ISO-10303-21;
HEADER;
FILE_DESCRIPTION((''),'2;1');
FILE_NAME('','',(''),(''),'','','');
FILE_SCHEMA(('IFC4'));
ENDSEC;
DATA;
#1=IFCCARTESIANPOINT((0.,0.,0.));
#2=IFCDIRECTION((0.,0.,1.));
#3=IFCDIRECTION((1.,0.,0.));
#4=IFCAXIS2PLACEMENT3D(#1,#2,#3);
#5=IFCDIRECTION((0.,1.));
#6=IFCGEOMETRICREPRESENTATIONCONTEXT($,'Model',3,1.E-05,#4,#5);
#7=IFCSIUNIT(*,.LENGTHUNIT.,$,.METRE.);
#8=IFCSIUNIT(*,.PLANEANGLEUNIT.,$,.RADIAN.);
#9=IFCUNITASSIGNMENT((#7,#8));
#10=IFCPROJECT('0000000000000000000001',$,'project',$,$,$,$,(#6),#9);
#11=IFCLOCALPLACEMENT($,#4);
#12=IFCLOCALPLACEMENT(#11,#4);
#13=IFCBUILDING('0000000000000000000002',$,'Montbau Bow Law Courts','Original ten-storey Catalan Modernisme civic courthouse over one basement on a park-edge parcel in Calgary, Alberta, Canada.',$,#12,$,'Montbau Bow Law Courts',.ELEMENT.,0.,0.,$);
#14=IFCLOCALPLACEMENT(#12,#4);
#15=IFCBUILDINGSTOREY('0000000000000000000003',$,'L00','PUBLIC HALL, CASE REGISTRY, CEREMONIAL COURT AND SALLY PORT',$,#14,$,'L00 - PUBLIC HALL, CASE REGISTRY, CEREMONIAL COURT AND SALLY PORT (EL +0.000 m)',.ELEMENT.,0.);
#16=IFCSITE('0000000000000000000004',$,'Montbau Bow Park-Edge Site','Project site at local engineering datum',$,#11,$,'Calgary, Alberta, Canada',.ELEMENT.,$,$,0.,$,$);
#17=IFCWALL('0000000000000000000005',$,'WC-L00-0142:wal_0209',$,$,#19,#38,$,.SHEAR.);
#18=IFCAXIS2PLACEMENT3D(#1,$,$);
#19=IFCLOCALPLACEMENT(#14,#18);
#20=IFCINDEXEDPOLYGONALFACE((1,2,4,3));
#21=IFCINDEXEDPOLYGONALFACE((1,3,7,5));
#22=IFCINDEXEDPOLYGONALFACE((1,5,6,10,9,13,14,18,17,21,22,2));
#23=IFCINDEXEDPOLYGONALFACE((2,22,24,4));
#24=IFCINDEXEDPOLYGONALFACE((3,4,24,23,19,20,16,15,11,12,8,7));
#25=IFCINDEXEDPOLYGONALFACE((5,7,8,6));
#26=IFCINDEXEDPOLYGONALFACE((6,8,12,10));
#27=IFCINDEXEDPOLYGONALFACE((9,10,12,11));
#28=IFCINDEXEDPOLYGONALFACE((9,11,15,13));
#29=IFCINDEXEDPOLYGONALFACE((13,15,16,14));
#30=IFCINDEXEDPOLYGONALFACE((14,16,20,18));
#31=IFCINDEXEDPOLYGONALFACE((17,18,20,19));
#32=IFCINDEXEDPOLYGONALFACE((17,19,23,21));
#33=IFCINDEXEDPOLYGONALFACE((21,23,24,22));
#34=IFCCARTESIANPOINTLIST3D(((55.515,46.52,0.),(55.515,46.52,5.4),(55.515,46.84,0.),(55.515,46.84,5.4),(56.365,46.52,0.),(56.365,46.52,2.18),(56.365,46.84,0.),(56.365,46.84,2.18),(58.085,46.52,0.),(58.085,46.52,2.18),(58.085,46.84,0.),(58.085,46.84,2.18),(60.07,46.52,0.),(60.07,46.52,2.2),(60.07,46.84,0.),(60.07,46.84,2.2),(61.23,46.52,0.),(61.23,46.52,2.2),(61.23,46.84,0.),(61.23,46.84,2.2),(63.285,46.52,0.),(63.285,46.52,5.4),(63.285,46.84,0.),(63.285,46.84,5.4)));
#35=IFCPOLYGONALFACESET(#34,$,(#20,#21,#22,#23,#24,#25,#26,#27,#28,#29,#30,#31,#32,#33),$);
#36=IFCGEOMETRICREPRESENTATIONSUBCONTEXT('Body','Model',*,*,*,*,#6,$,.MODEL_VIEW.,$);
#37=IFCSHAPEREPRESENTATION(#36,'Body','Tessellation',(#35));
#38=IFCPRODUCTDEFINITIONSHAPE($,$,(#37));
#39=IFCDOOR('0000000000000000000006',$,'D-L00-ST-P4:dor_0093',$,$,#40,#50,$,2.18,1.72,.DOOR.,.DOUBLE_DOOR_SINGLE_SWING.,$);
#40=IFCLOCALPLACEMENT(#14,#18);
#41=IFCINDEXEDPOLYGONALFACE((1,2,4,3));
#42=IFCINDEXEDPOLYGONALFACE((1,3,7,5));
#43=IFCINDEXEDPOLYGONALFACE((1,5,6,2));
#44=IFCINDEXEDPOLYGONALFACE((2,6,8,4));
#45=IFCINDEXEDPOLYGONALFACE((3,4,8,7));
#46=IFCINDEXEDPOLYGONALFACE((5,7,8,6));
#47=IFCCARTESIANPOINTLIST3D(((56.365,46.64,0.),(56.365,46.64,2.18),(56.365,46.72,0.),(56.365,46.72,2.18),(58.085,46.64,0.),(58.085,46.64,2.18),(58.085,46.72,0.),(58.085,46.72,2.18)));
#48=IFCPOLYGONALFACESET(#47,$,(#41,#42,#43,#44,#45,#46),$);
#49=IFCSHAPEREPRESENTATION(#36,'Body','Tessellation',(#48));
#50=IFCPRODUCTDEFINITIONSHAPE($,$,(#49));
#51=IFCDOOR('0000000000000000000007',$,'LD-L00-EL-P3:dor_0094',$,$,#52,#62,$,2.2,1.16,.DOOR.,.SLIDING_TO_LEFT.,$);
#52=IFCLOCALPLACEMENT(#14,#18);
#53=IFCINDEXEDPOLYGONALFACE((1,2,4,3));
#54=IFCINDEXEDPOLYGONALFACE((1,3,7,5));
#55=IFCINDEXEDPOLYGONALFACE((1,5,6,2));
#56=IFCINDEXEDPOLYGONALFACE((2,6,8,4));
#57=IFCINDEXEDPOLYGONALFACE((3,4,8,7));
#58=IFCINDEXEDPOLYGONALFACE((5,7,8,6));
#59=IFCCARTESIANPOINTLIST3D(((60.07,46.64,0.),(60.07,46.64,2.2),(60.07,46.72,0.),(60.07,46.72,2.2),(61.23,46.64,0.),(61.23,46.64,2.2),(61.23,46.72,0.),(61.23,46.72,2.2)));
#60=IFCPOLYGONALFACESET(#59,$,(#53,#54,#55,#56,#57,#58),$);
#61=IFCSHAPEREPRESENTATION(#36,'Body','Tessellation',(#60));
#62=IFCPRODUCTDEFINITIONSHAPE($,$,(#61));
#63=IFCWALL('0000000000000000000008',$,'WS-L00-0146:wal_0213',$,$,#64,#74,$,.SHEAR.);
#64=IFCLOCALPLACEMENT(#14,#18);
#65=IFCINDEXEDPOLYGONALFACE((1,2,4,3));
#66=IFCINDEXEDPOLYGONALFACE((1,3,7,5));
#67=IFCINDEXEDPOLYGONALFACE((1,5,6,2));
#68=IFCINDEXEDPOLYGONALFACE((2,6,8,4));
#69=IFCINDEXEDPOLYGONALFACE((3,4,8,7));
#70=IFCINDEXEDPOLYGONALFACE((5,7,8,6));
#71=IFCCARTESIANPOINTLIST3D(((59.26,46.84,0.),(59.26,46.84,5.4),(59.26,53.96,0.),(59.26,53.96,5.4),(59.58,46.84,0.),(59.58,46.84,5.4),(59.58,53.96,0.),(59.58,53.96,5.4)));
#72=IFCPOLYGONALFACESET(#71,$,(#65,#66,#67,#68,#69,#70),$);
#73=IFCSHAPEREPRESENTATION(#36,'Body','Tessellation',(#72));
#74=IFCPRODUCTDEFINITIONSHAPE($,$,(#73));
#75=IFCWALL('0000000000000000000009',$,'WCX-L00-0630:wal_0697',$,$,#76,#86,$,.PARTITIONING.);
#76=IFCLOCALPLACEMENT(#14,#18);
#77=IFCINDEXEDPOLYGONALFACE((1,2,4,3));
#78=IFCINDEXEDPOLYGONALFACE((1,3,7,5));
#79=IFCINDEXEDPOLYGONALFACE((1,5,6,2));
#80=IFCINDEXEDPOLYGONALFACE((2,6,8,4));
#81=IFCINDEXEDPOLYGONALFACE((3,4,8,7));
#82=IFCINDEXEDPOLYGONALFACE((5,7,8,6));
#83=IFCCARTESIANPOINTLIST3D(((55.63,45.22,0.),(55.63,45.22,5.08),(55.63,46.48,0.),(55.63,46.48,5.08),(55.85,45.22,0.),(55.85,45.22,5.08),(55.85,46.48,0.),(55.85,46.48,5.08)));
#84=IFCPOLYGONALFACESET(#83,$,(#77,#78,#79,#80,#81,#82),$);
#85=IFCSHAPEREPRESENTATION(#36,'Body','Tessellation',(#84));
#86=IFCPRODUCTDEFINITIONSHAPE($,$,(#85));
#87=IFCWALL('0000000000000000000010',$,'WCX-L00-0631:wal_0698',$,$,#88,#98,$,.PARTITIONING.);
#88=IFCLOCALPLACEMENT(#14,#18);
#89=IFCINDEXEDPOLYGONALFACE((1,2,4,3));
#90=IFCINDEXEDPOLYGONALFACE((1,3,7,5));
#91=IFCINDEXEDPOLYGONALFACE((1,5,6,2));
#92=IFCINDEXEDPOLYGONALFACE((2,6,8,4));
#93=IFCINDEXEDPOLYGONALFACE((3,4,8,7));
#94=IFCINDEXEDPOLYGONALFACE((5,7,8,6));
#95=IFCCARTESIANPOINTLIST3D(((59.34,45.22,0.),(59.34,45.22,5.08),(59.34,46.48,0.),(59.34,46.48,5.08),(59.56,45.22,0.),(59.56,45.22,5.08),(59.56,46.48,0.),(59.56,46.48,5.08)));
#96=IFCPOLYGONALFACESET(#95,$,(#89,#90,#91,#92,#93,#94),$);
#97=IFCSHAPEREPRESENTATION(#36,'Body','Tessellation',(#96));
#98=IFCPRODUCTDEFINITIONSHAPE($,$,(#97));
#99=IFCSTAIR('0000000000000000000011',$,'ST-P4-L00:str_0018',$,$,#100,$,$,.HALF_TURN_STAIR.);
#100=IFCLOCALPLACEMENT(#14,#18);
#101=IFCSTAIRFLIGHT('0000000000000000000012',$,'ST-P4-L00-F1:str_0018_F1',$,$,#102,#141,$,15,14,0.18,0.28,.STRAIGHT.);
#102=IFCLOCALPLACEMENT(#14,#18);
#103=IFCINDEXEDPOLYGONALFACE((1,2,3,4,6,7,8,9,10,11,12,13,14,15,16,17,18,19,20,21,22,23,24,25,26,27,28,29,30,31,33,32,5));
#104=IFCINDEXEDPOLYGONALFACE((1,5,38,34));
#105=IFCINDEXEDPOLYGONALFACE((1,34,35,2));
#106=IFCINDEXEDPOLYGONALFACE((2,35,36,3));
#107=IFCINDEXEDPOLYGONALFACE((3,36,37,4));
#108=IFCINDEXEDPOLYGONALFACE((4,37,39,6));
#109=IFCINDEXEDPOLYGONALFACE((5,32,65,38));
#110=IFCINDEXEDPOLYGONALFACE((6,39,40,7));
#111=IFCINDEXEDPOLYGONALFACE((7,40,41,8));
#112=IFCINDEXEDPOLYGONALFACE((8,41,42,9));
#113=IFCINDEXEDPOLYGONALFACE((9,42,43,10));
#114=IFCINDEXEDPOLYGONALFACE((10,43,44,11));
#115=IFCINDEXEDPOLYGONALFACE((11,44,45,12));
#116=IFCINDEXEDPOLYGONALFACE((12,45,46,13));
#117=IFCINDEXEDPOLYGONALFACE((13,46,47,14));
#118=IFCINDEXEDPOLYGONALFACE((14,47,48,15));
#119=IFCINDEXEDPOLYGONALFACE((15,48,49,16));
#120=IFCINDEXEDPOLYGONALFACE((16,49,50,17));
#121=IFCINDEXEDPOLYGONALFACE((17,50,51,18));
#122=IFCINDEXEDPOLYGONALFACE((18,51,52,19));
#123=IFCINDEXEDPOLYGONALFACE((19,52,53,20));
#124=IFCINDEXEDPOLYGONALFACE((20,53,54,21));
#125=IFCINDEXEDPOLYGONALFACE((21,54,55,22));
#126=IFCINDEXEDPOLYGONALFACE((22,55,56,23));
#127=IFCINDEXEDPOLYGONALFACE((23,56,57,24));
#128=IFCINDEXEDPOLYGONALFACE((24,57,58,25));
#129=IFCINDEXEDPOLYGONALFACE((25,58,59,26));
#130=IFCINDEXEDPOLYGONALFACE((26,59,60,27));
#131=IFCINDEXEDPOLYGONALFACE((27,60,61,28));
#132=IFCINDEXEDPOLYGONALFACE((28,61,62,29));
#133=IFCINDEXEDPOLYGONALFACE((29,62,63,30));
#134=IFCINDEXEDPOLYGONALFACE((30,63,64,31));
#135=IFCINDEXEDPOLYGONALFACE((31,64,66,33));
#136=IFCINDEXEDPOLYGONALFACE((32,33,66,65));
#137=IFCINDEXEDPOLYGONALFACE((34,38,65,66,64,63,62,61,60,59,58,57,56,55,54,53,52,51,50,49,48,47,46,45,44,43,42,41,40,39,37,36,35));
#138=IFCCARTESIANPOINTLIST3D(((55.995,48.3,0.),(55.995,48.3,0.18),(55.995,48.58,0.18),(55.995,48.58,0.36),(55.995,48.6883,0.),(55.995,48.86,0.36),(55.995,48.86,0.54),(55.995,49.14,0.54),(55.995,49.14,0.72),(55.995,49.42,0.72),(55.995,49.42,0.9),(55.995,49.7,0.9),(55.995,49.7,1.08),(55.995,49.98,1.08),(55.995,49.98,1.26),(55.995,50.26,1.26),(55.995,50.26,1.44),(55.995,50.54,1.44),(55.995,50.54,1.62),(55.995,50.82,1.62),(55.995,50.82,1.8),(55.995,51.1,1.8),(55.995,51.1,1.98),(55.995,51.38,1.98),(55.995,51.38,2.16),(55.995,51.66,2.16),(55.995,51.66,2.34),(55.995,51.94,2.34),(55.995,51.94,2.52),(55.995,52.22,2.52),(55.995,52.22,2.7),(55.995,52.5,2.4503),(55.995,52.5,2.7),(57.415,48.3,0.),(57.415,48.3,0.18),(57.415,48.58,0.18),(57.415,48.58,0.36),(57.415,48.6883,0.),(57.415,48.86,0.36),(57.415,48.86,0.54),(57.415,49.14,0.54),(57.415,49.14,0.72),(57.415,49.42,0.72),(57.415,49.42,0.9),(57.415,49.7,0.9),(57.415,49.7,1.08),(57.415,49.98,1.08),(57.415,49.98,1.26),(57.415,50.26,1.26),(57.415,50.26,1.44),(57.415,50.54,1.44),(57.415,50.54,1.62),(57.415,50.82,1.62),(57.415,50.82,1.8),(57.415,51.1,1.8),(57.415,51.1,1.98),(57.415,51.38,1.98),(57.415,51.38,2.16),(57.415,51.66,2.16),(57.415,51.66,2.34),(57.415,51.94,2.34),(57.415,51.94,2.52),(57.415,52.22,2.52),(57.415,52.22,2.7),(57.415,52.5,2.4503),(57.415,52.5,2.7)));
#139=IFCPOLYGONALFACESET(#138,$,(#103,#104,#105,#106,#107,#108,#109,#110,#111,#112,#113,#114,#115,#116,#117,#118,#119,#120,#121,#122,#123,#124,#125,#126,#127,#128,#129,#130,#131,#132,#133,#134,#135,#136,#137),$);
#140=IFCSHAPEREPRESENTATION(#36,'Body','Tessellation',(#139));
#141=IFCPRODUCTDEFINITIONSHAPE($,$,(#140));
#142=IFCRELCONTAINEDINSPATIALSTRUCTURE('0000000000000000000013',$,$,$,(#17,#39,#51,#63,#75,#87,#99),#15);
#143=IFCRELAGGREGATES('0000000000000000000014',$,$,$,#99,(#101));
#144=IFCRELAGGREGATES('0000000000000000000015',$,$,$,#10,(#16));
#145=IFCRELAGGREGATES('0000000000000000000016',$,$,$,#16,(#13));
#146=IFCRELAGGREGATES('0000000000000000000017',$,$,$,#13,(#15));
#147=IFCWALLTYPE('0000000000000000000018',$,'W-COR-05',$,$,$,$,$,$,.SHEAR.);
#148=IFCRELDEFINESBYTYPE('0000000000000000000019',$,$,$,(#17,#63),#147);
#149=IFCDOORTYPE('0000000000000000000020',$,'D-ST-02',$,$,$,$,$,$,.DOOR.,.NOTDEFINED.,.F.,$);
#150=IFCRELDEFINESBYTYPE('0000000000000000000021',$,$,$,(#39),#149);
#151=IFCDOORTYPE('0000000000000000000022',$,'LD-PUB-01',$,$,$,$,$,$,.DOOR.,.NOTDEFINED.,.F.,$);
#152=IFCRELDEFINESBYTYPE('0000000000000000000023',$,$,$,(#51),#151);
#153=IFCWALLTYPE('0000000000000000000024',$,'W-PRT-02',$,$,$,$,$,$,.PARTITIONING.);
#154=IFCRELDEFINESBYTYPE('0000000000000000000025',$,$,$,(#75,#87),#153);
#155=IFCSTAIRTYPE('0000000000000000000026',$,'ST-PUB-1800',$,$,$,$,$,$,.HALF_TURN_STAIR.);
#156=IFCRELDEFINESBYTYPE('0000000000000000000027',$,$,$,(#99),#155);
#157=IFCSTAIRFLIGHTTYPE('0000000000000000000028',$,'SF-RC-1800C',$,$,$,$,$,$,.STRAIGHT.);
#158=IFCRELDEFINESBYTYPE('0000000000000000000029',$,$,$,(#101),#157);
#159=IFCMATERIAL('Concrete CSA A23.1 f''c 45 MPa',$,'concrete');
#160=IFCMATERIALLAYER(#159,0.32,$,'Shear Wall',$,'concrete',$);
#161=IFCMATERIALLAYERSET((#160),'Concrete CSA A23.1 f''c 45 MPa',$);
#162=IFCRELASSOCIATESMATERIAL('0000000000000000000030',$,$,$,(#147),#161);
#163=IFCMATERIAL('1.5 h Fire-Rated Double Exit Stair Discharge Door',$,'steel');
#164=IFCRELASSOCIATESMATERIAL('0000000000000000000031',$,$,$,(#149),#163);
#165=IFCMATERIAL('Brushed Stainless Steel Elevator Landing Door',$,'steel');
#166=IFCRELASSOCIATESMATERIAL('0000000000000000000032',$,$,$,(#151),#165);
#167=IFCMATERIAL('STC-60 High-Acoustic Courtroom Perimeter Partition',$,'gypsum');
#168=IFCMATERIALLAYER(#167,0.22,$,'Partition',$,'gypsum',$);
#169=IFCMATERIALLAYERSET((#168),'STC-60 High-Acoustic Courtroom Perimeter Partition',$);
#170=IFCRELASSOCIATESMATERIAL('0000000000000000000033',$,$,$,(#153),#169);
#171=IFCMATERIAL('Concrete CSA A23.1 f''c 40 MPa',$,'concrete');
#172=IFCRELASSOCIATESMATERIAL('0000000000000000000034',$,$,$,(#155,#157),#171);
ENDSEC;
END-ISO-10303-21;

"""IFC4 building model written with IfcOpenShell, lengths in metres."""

from ifc_helpers import new_model, si_unit, direction, frame, frame_2d, origin_with_axes, place, context, subcontext, project, spatial, polyline, rectangle, outline, extrude, material, layer, layer_set, type_object, element, fill, aggregate, save


model = new_model("IFC4")

# Units and contexts
model_context = context("Model", 3, precision=1e-05, world=origin_with_axes(), true_north=direction((0.0, 1.0)))
body_context = subcontext(model_context, "Body", "Model", "MODEL_VIEW")
ifc_project = project(units=[si_unit("LENGTHUNIT", "METRE"), si_unit("PLANEANGLEUNIT", "RADIAN")], contexts=[model_context])

# Site, building, storey
site_placement = place(None, origin_with_axes())
site = spatial("IfcSite", under=ifc_project, at=site_placement, Name="Montbau Bow Park-Edge Site", Description="Project site at local engineering datum", LongName="Calgary, Alberta, Canada", CompositionType="ELEMENT", RefElevation=0.0)
building_placement = place(site_placement, origin_with_axes())
building = spatial("IfcBuilding", under=site, at=building_placement, Name="Montbau Bow Law Courts", Description="Original ten-storey Catalan Modernisme civic courthouse over one basement on a park-edge parcel in Calgary, Alberta, Canada.", LongName="Montbau Bow Law Courts", CompositionType="ELEMENT", ElevationOfRefHeight=0.0, ElevationOfTerrain=0.0)
storey_placement = place(building_placement, origin_with_axes())
storey = spatial("IfcBuildingStorey", under=building, at=storey_placement, Name="L00", Description="PUBLIC HALL, CASE REGISTRY, CEREMONIAL COURT AND SALLY PORT", LongName="L00 - PUBLIC HALL, CASE REGISTRY, CEREMONIAL COURT AND SALLY PORT (EL +0.000 m)", CompositionType="ELEMENT", Elevation=0.0)

# Shared definitions
ifc_material_1 = material(Name="Concrete CSA A23.1 f'c 45 MPa", Category="concrete")

# Wall, openings, doors
ifc_layer_1 = layer(ifc_material_1, 0.32, Name="Shear Wall", Category="concrete")
ifc_layer_set_1 = layer_set([ifc_layer_1], Name="Concrete CSA A23.1 f'c 45 MPa")
wall_type_1 = type_object("IfcWallType", Name="W-COR-05", PredefinedType="SHEAR", material=ifc_layer_set_1)
wall_1_placement = place(None, frame((55.515, 46.68, 0.0), z_axis=(0.0, 0.0, 1.0), x_axis=(1.0, 0.0, 0.0)))
wall_1 = element("IfcWall", 1, at=wall_1_placement, inside=storey, type_object=wall_type_1, Name="WC-L00-0142:wal_0209", PredefinedType="SHEAR", context=body_context, shape_type="SweptSolid", body=[
    extrude(rectangle(XDim=7.77, YDim=0.32, at=frame_2d((3.885, 0.0), x_axis=(1.0, 0.0))), origin_with_axes(), (0.0, 0.0, 1.0), 5.4),
])
opening_1_placement = place(None, frame((57.225, 46.68, 0.0), z_axis=(0.0, 0.0, 1.0), x_axis=(1.0, 0.0, 0.0)))
opening_1 = element("IfcOpeningElement", 2, at=opening_1_placement, cuts=wall_1, PredefinedType="OPENING", context=body_context, shape_type="SweptSolid", body=[
    extrude(rectangle(XDim=1.72, YDim=2.18, at=frame_2d((0.0, 1.09), x_axis=(1.0, 0.0))), frame((0.0, 0.17, 0.0), z_axis=(0.0, -1.0, 0.0), x_axis=(1.0, 0.0, 0.0)), (0.0, 0.0, 1.0), 0.34),
])
opening_2_placement = place(None, frame((60.65, 46.68, 0.0), z_axis=(0.0, 0.0, 1.0), x_axis=(1.0, 0.0, 0.0)))
opening_2 = element("IfcOpeningElement", 3, at=opening_2_placement, cuts=wall_1, PredefinedType="OPENING", context=body_context, shape_type="SweptSolid", body=[
    extrude(rectangle(XDim=1.16, YDim=2.2, at=frame_2d((0.0, 1.1), x_axis=(1.0, 0.0))), frame((0.0, 0.17, 0.0), z_axis=(0.0, -1.0, 0.0), x_axis=(1.0, 0.0, 0.0)), (0.0, 0.0, 1.0), 0.34),
])
ifc_material_2 = material(Name="1.5 h Fire-Rated Double Exit Stair Discharge Door", Category="steel")
door_type_1 = type_object("IfcDoorType", Name="D-ST-02", OperationType="NOTDEFINED", ParameterTakesPrecedence=False, PredefinedType="DOOR", material=ifc_material_2)
door_1_placement = place(None, frame((57.225, 46.68, 0.0), z_axis=(0.0, 0.0, 1.0), x_axis=(-1.0, 0.0, 0.0)))
door_1 = element("IfcDoor", 4, at=door_1_placement, inside=storey, type_object=door_type_1, Name="D-L00-ST-P4:dor_0093", OperationType="DOUBLE_DOOR_SINGLE_SWING", OverallHeight=2.18, OverallWidth=1.72, PredefinedType="DOOR", context=body_context, shape_type="SweptSolid", body=[
    extrude(rectangle(XDim=1.72, YDim=2.18, at=frame_2d((0.0, 1.09), x_axis=(1.0, 0.0))), frame((0.0, 0.04, 0.0), z_axis=(0.0, -1.0, 0.0), x_axis=(1.0, 0.0, 0.0)), (0.0, 0.0, 1.0), 0.08),
])
fill(opening_1, door_1)
ifc_material_3 = material(Name="Brushed Stainless Steel Elevator Landing Door", Category="steel")
door_type_2 = type_object("IfcDoorType", Name="LD-PUB-01", OperationType="NOTDEFINED", ParameterTakesPrecedence=False, PredefinedType="DOOR", material=ifc_material_3)
door_2_placement = place(None, frame((60.65, 46.68, 0.0), z_axis=(0.0, 0.0, 1.0), x_axis=(-1.0, 0.0, 0.0)))
door_2 = element("IfcDoor", 5, at=door_2_placement, inside=storey, type_object=door_type_2, Name="LD-L00-EL-P3:dor_0094", OperationType="SLIDING_TO_LEFT", OverallHeight=2.2, OverallWidth=1.16, PredefinedType="DOOR", context=body_context, shape_type="SweptSolid", body=[
    extrude(rectangle(XDim=1.16, YDim=2.2, at=frame_2d((0.0, 1.1), x_axis=(1.0, 0.0))), frame((0.0, 0.04, 0.0), z_axis=(0.0, -1.0, 0.0), x_axis=(1.0, 0.0, 0.0)), (0.0, 0.0, 1.0), 0.08),
])
fill(opening_2, door_2)

# Walls
wall_2_placement = place(None, frame((59.42, 46.84, 0.0), z_axis=(0.0, 0.0, 1.0), x_axis=(0.0, 1.0, 0.0)))
element("IfcWall", 6, at=wall_2_placement, inside=storey, type_object=wall_type_1, Name="WS-L00-0146:wal_0213", PredefinedType="SHEAR", context=body_context, shape_type="SweptSolid", body=[
    extrude(rectangle(XDim=7.12, YDim=0.32, at=frame_2d((3.56, 0.0), x_axis=(1.0, 0.0))), origin_with_axes(), (0.0, 0.0, 1.0), 5.4),
])
ifc_material_4 = material(Name="STC-60 High-Acoustic Courtroom Perimeter Partition", Category="gypsum")
ifc_layer_2 = layer(ifc_material_4, 0.22, Name="Partition", Category="gypsum")
ifc_layer_set_2 = layer_set([ifc_layer_2], Name="STC-60 High-Acoustic Courtroom Perimeter Partition")
wall_type_2 = type_object("IfcWallType", Name="W-PRT-02", PredefinedType="PARTITIONING", material=ifc_layer_set_2)
for number, where, z_axis, x_axis, name in (
    (7, (55.74, 45.22, 0.0), (0.0, 0.0, 1.0), (0.0, 1.0, 0.0), "WCX-L00-0630:wal_0697"),
    (8, (59.45, 45.22, 0.0), (0.0, 0.0, 1.0), (0.0, 1.0, 0.0), "WCX-L00-0631:wal_0698"),
):
    element("IfcWall", number, at=place(None, frame(where, z_axis=z_axis, x_axis=x_axis)), inside=storey, type_object=wall_type_2, Name=name, PredefinedType="PARTITIONING", context=body_context, shape_type="SweptSolid", body=[
        extrude(rectangle(XDim=1.26, YDim=0.22, at=frame_2d((0.63, 0.0), x_axis=(1.0, 0.0))), origin_with_axes(), (0.0, 0.0, 1.0), 5.08),
    ])

# Stair, stair flight
ifc_material_5 = material(Name="Concrete CSA A23.1 f'c 40 MPa", Category="concrete")
stair_type = type_object("IfcStairType", Name="ST-PUB-1800", PredefinedType="HALF_TURN_STAIR", material=ifc_material_5)
stair_placement = place(None, frame((56.705, 48.3, 0.0), z_axis=(0.0, 0.0, 1.0), x_axis=(1.0, 0.0, 0.0)))
stair = element("IfcStair", 9, at=stair_placement, inside=storey, type_object=stair_type, Name="ST-P4-L00:str_0018", PredefinedType="HALF_TURN_STAIR")
stair_flight_type = type_object("IfcStairFlightType", Name="SF-RC-1800C", PredefinedType="STRAIGHT", material=ifc_material_5)
stair_flight_1_placement = place(None, frame((56.705, 48.3, 0.0), z_axis=(0.0, 0.0, 1.0), x_axis=(0.0, 1.0, 0.0)))
stair_flight_1 = element("IfcStairFlight", 10, at=stair_flight_1_placement, type_object=stair_flight_type, Name="ST-P4-L00-F1:str_0018_F1", NumberOfRisers=15, NumberOfTreads=14, PredefinedType="STRAIGHT", RiserHeight=0.18, TreadLength=0.28, context=body_context, shape_type="SweptSolid", body=[
    extrude(outline(polyline([(0.0, 0.0), (0.0, 0.18), (0.28, 0.18), (0.28, 0.36), (0.56, 0.36), (0.56, 0.54), (0.84, 0.54), (0.84, 0.72), (1.12, 0.72), (1.12, 0.9), (1.4, 0.9), (1.4, 1.08), (1.68, 1.08), (1.68, 1.26), (1.96, 1.26), (1.96, 1.44), (2.24, 1.44), (2.24, 1.62), (2.52, 1.62), (2.52, 1.8), (2.8, 1.8), (2.8, 1.98), (3.08, 1.98), (3.08, 2.16), (3.36, 2.16), (3.36, 2.34), (3.64, 2.34), (3.64, 2.52), (3.92, 2.52), (3.92, 2.7), (4.2, 2.7), (4.2, 2.4503), (0.3883, 0.0), (0.0, 0.0)])), frame((0.0, 0.71, 0.0), z_axis=(0.0, -1.0, 0.0), x_axis=(1.0, 0.0, 0.0)), (0.0, 0.0, 1.0), 1.42),
])
aggregate(stair, [stair_flight_1])

save(model, "model.ifc")
